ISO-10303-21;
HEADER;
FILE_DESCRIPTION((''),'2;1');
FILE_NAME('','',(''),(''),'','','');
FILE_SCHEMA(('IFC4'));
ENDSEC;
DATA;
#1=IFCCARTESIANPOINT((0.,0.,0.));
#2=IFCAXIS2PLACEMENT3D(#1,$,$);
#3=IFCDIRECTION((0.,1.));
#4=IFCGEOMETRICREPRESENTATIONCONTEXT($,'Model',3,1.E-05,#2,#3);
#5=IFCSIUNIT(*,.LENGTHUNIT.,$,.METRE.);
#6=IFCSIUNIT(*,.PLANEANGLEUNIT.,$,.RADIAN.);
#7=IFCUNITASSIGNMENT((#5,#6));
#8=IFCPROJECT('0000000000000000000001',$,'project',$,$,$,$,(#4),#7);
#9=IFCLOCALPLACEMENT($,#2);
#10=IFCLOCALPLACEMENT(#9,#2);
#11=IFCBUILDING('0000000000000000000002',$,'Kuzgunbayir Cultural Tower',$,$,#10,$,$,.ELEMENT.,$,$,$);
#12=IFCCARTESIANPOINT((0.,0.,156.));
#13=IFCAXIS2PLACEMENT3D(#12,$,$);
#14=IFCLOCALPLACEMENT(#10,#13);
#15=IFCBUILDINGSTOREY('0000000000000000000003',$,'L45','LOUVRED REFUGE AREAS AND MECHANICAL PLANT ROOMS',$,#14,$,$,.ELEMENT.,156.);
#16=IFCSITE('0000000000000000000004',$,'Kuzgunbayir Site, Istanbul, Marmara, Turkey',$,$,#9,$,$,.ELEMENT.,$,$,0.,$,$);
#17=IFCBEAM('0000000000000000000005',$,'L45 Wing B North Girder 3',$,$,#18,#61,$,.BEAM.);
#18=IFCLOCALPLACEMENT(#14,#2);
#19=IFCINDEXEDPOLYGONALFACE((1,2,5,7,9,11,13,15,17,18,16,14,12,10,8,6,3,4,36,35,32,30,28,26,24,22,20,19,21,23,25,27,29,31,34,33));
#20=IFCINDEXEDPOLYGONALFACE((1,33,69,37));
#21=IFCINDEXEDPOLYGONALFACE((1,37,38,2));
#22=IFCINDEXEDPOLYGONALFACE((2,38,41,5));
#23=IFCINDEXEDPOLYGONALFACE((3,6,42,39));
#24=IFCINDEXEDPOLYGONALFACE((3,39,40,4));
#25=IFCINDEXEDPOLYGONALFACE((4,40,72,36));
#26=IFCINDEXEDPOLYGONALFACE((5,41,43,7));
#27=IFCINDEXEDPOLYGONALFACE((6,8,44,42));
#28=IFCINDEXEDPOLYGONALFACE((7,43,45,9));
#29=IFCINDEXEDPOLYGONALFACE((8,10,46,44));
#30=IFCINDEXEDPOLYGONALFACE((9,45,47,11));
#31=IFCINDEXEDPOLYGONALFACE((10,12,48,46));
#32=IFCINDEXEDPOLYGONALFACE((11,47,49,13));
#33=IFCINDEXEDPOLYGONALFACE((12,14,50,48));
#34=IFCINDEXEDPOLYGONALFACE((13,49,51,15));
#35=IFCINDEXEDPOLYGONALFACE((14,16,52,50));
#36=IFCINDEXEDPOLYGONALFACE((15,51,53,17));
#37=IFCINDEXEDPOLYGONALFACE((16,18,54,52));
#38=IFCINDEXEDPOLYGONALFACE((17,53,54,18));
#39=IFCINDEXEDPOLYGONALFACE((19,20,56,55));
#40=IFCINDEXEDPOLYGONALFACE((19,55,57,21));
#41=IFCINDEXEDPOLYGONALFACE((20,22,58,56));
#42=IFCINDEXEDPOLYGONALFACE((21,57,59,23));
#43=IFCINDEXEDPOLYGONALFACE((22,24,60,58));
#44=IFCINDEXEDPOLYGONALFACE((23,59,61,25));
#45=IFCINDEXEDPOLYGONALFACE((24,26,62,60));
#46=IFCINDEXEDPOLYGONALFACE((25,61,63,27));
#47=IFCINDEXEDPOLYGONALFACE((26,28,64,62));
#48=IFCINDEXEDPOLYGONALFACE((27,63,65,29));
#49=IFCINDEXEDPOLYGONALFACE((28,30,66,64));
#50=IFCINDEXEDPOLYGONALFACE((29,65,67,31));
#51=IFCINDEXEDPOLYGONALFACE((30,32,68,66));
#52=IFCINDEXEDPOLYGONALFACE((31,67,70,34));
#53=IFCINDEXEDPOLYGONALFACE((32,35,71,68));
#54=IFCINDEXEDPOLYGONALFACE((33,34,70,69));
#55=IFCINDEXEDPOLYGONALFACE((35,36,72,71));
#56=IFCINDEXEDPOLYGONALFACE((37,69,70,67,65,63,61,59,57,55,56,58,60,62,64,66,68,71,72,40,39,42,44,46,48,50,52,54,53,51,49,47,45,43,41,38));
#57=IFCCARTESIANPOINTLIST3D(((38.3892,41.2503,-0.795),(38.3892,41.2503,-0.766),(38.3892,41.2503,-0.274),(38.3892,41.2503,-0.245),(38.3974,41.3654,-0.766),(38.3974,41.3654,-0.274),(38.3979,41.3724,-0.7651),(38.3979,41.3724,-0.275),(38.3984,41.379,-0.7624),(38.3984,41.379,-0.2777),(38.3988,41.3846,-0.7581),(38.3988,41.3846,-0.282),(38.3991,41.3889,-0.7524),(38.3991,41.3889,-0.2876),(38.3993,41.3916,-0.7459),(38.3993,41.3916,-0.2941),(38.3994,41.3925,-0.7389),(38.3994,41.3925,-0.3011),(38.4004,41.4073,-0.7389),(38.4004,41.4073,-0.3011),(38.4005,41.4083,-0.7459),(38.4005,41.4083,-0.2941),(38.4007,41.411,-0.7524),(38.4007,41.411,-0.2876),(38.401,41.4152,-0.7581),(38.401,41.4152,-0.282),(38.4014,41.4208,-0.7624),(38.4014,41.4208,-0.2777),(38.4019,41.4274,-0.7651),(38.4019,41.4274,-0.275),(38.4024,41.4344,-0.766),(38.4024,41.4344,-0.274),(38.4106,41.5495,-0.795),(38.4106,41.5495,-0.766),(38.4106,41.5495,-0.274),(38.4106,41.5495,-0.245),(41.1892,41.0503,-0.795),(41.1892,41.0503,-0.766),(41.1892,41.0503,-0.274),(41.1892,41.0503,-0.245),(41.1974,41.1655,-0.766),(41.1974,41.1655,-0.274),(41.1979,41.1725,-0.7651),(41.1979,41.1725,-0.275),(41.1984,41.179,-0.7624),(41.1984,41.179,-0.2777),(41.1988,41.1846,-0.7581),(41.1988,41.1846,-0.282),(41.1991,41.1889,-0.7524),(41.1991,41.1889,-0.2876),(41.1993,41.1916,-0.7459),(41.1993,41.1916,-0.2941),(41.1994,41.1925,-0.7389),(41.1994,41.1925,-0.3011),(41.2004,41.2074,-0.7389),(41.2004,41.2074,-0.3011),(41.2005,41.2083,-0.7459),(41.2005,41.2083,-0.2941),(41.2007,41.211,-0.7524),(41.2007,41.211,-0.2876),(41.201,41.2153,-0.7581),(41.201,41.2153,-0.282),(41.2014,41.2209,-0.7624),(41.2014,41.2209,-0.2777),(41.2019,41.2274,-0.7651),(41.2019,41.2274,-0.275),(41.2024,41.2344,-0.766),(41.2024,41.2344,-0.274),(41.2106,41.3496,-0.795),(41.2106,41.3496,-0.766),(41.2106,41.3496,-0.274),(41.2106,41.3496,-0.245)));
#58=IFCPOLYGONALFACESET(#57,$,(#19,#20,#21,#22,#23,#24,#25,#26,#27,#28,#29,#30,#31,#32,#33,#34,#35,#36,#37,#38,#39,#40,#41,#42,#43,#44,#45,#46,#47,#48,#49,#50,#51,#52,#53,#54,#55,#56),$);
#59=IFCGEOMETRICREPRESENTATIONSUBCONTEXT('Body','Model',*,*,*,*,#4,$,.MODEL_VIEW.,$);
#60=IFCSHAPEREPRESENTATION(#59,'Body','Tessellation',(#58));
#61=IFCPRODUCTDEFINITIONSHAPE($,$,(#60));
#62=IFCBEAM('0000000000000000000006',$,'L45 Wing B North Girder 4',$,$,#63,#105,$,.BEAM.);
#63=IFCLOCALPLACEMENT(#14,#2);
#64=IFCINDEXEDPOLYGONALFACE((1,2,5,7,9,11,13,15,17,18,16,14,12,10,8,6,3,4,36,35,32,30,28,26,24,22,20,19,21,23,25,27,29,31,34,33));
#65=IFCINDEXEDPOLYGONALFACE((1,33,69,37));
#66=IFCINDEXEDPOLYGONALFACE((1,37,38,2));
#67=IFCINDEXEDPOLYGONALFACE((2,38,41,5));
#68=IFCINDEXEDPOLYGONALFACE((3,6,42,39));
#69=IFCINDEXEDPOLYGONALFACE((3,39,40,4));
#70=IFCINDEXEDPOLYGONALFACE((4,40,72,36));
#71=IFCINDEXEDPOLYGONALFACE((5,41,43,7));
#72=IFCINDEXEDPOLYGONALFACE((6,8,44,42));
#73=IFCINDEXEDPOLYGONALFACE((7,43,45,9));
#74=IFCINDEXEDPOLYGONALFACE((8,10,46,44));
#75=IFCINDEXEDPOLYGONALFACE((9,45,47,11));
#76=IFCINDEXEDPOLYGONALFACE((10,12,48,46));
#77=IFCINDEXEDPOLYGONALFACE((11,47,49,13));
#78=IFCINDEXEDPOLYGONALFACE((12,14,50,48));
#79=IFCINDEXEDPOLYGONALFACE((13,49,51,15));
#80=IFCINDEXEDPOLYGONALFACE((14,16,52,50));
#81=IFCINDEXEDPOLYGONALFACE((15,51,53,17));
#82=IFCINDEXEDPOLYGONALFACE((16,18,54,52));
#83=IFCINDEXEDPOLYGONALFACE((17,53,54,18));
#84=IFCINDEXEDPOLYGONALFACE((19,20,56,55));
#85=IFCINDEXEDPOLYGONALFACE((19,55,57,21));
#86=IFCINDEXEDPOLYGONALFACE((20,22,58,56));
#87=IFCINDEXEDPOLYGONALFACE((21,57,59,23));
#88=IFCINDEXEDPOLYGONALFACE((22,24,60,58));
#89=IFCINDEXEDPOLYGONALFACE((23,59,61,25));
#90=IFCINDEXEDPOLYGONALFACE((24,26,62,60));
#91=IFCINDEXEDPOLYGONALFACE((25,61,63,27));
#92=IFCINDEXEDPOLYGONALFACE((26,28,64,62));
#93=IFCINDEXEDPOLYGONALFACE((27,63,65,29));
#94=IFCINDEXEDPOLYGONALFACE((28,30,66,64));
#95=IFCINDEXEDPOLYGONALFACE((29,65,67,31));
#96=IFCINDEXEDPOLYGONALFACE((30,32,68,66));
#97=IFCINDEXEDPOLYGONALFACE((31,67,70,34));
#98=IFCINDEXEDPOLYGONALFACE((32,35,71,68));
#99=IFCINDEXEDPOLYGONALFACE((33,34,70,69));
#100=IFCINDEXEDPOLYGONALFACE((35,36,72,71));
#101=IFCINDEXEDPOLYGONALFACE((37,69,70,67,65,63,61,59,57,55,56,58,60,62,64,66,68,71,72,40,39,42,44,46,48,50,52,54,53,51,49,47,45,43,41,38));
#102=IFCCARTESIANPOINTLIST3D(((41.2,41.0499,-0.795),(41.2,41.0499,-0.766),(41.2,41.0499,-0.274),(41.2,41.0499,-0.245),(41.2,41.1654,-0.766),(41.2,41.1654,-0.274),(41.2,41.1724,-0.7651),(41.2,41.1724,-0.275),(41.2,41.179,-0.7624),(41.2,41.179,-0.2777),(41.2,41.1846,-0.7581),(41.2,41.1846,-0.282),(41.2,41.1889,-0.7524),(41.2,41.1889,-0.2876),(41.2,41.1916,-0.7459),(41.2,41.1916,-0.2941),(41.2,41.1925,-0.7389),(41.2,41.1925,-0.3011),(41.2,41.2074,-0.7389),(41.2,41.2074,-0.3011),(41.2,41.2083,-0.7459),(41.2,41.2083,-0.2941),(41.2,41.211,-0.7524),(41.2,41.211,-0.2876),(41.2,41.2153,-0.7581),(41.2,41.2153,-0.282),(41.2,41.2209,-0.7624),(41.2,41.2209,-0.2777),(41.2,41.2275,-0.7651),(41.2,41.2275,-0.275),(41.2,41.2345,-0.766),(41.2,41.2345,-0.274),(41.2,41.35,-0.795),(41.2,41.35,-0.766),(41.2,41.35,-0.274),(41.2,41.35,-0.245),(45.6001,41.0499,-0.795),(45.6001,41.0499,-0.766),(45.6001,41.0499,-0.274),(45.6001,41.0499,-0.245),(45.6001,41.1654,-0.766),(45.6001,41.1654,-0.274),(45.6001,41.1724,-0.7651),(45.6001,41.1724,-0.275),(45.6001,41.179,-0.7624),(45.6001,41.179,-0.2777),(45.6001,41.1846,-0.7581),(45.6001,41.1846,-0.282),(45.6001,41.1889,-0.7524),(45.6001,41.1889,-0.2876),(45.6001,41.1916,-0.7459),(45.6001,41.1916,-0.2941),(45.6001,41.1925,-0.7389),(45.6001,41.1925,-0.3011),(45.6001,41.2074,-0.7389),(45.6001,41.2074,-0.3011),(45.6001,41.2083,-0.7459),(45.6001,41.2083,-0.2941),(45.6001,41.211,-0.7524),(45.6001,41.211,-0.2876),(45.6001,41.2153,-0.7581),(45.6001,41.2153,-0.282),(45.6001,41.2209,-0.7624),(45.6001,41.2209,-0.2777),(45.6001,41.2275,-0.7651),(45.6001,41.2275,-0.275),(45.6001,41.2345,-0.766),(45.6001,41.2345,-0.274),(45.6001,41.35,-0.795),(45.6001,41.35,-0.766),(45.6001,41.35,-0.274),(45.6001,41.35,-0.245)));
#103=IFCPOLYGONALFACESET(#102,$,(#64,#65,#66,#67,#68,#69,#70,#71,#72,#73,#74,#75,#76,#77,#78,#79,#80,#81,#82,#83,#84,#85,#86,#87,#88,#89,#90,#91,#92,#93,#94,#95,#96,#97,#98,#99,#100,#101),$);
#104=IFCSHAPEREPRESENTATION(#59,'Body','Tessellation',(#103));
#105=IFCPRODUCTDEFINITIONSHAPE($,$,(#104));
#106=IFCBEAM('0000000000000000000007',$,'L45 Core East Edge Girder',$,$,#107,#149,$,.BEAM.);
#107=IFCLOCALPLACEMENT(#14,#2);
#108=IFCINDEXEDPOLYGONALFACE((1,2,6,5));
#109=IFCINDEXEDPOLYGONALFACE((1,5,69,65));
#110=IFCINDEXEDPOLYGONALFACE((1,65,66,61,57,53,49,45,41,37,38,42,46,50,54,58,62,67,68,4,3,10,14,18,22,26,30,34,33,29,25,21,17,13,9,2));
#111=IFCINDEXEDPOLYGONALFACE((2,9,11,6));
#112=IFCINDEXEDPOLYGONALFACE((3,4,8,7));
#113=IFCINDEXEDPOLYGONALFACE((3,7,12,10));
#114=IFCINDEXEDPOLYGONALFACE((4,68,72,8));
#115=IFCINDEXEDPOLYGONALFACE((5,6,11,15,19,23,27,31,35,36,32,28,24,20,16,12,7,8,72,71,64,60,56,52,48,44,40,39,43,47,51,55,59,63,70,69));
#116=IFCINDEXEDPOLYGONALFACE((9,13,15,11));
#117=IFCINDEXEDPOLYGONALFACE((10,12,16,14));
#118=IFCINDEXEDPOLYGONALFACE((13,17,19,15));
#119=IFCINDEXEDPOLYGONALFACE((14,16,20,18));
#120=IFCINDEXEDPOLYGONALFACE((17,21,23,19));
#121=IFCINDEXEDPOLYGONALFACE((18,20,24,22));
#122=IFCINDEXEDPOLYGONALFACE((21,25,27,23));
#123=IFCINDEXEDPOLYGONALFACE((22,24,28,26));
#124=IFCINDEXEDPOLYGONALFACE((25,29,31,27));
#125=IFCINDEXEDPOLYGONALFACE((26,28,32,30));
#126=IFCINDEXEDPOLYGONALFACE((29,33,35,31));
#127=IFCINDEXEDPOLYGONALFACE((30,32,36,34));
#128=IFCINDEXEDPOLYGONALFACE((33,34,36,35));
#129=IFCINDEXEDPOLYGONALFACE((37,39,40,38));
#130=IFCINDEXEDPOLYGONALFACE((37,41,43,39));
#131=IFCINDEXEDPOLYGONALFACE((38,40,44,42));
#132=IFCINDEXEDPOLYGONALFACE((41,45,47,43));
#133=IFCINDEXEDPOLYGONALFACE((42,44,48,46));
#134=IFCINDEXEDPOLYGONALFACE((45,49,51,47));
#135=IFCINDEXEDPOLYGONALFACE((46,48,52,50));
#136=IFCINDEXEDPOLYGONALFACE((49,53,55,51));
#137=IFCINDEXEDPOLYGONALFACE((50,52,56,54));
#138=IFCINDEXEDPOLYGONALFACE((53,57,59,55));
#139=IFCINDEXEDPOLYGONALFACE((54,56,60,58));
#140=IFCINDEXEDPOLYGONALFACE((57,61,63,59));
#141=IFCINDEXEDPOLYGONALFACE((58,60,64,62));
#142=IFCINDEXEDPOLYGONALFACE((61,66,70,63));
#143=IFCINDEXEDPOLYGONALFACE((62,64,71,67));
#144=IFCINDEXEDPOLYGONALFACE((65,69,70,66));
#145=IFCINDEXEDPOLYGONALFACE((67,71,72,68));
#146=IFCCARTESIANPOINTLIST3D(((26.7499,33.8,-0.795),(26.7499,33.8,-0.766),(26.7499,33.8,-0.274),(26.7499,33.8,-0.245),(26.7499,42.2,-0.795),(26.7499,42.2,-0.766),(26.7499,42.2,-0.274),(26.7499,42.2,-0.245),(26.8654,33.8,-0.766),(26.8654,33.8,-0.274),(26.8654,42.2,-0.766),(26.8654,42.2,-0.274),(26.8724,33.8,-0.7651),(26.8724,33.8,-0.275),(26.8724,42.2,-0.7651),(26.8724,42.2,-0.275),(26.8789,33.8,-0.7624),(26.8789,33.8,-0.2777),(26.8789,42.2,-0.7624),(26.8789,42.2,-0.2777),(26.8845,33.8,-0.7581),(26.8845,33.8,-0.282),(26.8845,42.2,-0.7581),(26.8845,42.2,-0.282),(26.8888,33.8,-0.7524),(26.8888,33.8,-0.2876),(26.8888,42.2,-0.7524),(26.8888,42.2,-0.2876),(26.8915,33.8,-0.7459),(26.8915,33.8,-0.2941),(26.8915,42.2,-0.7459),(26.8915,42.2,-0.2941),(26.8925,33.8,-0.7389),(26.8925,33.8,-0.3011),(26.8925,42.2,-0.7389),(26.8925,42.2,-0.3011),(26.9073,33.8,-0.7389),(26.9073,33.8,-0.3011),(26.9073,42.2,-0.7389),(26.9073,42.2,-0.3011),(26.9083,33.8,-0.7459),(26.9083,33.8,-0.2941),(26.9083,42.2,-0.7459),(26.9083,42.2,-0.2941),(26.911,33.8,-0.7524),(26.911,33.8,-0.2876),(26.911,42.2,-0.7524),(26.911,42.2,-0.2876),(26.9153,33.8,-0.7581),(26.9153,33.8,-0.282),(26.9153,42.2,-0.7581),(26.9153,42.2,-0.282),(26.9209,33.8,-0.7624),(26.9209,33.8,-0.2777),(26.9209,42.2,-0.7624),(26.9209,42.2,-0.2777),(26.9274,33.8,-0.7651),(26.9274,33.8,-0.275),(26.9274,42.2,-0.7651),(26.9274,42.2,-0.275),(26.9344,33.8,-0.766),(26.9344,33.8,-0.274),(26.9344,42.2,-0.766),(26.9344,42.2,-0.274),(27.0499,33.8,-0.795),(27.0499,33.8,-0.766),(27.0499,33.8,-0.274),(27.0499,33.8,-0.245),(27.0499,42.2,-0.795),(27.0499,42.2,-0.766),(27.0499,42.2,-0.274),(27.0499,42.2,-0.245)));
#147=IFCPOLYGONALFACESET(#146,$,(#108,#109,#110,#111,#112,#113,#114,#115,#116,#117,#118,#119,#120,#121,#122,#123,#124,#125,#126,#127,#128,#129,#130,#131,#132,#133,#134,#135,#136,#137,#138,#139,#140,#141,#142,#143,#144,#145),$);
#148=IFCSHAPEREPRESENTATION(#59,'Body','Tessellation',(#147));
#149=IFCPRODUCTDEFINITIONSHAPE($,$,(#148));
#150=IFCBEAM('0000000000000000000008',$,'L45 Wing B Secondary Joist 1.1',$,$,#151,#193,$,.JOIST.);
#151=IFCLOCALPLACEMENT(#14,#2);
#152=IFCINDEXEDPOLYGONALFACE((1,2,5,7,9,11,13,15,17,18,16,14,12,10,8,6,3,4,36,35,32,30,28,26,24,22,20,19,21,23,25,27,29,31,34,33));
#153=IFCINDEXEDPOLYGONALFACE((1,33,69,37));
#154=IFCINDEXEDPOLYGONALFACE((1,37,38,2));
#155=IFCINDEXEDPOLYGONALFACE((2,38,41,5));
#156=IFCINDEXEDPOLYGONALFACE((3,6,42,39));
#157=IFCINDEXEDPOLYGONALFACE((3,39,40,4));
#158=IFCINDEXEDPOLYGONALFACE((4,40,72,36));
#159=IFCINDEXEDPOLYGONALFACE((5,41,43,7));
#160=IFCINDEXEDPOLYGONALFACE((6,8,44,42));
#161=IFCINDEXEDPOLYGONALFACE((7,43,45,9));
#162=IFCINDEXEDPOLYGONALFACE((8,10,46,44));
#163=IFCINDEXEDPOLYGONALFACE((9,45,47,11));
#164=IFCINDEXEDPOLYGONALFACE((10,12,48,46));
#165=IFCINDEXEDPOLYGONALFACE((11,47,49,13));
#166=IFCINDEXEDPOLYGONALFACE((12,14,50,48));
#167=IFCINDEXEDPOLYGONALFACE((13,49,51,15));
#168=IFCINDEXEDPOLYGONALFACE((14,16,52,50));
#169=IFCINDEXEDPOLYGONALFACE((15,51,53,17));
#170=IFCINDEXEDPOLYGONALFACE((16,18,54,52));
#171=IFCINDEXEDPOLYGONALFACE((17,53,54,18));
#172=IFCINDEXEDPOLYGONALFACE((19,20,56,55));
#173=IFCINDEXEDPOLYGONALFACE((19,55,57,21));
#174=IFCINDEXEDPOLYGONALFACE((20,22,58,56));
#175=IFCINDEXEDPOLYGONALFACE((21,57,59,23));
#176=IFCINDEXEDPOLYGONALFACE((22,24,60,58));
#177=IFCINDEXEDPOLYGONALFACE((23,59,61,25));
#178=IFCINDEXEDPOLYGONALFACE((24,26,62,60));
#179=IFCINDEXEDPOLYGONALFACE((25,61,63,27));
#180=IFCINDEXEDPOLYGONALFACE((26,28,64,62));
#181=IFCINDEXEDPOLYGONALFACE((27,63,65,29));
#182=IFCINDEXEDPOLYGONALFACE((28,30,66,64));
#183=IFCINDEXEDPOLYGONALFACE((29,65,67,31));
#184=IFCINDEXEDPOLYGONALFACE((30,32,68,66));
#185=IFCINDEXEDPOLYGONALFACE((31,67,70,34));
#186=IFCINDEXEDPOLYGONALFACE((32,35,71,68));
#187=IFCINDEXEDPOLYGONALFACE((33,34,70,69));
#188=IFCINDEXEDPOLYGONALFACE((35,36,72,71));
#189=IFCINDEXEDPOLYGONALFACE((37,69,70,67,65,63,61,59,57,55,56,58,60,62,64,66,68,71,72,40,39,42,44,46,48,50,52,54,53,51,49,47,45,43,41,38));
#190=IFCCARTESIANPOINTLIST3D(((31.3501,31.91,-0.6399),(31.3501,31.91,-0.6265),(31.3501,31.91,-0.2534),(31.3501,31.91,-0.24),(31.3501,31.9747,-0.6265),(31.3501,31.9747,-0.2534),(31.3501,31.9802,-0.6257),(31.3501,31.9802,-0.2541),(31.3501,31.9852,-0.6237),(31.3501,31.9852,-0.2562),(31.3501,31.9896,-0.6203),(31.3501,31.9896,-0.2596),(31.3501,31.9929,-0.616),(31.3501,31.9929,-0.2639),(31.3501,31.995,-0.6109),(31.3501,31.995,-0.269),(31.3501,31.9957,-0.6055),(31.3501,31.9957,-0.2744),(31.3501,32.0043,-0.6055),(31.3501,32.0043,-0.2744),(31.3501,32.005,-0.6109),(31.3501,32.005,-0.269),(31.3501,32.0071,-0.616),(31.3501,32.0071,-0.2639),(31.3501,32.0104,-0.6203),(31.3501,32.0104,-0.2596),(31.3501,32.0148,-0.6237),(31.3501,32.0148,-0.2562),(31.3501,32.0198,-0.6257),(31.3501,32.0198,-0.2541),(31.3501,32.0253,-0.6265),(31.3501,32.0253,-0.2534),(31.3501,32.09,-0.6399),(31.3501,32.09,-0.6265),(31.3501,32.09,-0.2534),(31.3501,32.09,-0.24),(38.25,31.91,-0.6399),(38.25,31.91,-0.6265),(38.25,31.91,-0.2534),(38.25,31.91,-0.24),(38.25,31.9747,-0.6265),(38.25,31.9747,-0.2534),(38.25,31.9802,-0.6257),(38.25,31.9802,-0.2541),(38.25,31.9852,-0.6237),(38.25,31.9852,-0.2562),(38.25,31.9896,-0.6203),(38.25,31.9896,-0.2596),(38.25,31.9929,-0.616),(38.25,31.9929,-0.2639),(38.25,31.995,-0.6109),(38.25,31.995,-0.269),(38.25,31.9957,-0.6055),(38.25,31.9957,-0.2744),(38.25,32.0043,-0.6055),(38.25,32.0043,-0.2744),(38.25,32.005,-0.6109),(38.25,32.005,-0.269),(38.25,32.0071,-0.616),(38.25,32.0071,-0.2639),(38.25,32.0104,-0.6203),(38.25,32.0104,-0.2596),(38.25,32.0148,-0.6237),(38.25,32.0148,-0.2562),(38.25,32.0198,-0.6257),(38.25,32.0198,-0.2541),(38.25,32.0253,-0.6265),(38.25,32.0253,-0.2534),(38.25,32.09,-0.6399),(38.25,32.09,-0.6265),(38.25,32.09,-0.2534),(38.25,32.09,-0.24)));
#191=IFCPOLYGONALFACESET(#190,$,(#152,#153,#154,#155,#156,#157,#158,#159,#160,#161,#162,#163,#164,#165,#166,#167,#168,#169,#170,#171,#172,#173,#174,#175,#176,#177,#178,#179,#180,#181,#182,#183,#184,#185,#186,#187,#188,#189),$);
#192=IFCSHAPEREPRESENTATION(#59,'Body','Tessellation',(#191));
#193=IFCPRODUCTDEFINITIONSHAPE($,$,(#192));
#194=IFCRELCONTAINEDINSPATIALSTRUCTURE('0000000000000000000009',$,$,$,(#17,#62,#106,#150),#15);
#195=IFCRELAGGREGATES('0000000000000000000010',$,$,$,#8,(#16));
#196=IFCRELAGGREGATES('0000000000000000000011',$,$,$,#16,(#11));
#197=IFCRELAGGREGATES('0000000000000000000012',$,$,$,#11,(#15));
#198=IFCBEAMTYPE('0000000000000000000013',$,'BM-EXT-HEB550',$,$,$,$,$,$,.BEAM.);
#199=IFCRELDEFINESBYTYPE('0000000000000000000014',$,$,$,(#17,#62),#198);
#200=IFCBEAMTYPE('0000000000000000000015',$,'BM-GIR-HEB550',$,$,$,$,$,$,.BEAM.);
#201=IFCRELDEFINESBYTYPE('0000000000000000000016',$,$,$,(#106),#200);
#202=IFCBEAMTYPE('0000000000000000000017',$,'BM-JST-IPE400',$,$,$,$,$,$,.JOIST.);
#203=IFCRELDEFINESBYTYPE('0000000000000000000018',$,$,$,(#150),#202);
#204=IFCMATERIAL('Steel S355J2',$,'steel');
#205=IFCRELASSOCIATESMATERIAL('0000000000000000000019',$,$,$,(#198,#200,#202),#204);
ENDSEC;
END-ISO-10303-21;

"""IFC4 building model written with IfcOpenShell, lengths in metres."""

from ifc_helpers import new_model, si_unit, direction, frame, origin, origin_2d, place, context, subcontext, project, spatial, i_section, extrude, material, material_profile, profile_set, type_object, element, save


model = new_model("IFC4")

# Units and contexts
model_context = context("Model", 3, precision=1e-05, world=origin(), true_north=direction((0.0, 1.0)))
body_context = subcontext(model_context, "Body", "Model", "MODEL_VIEW")
ifc_project = project(units=[si_unit("LENGTHUNIT", "METRE"), si_unit("PLANEANGLEUNIT", "RADIAN")], contexts=[model_context])

# Site, building, storey
site_placement = place(None, origin())
site = spatial("IfcSite", under=ifc_project, at=site_placement, Name="Kuzgunbayir Site, Istanbul, Marmara, Turkey", CompositionType="ELEMENT", RefElevation=0.0)
building_placement = place(site_placement, origin())
building = spatial("IfcBuilding", under=site, at=building_placement, Name="Kuzgunbayir Cultural Tower", CompositionType="ELEMENT")
storey_placement = place(building_placement, frame((0.0, 0.0, 156.0)))
storey = spatial("IfcBuildingStorey", under=building, at=storey_placement, Name="L45", Description="LOUVRED REFUGE AREAS AND MECHANICAL PLANT ROOMS", CompositionType="ELEMENT", Elevation=156.0)

# Beams
ifc_material_1 = material(Name="Steel S355J2", Category="steel")
ifc_material_profile_1 = material_profile(ifc_material_1, i_section(OverallWidth=0.3, OverallDepth=0.55, WebThickness=0.0149, FlangeThickness=0.0291, FilletRadius=0.0271, at=origin_2d()), Name="HEB 550")
ifc_profile_set_1 = profile_set([ifc_material_profile_1], Name="Steel S355J2")
beam_type_1 = type_object("IfcBeamType", Name="BM-EXT-HEB550", PredefinedType="BEAM", material=ifc_profile_set_1)
beam_1_placement = place(storey_placement, frame((38.3999, 41.3999, -0.52), z_axis=(0.99746, -0.071229, 0.0), x_axis=(0.071229, 0.99746, 0.0)))
element("IfcBeam", 1, at=beam_1_placement, inside=storey, type_object=beam_type_1, Name="L45 Wing B North Girder 3", PredefinedType="BEAM", context=body_context, shape_type="SweptSolid", body=[
    extrude(i_section(OverallWidth=0.3, OverallDepth=0.55, WebThickness=0.0149, FlangeThickness=0.0291, FilletRadius=0.0271, at=origin_2d()), origin(), (0.0, 0.0, 1.0), 2.8071),
])
beam_2_placement = place(storey_placement, frame((41.2, 41.2, -0.52), z_axis=(1.0, 0.0, 0.0), x_axis=(0.0, 1.0, 0.0)))
element("IfcBeam", 2, at=beam_2_placement, inside=storey, type_object=beam_type_1, Name="L45 Wing B North Girder 4", PredefinedType="BEAM", context=body_context, shape_type="SweptSolid", body=[
    extrude(i_section(OverallWidth=0.3, OverallDepth=0.55, WebThickness=0.0149, FlangeThickness=0.0291, FilletRadius=0.0271, at=origin_2d()), origin(), (0.0, 0.0, 1.0), 4.4001),
])
ifc_material_profile_2 = material_profile(ifc_material_1, i_section(OverallWidth=0.3, OverallDepth=0.55, WebThickness=0.0149, FlangeThickness=0.0291, FilletRadius=0.0271, at=origin_2d()), Name="HEB 550")
ifc_profile_set_2 = profile_set([ifc_material_profile_2], Name="Steel S355J2")
beam_type_2 = type_object("IfcBeamType", Name="BM-GIR-HEB550", PredefinedType="BEAM", material=ifc_profile_set_2)
beam_3_placement = place(storey_placement, frame((26.8999, 33.8, -0.52), z_axis=(0.0, 1.0, 0.0), x_axis=(-1.0, 0.0, 0.0)))
element("IfcBeam", 3, at=beam_3_placement, inside=storey, type_object=beam_type_2, Name="L45 Core East Edge Girder", PredefinedType="BEAM", context=body_context, shape_type="SweptSolid", body=[
    extrude(i_section(OverallWidth=0.3, OverallDepth=0.55, WebThickness=0.0149, FlangeThickness=0.0291, FilletRadius=0.0271, at=origin_2d()), origin(), (0.0, 0.0, 1.0), 8.3999),
])
ifc_material_profile_3 = material_profile(ifc_material_1, i_section(OverallWidth=0.1799, OverallDepth=0.3999, WebThickness=0.0085, FlangeThickness=0.0134, FilletRadius=0.021, at=origin_2d()), Name="IPE 400")
ifc_profile_set_3 = profile_set([ifc_material_profile_3], Name="Steel S355J2")
beam_type_3 = type_object("IfcBeamType", Name="BM-JST-IPE400", PredefinedType="JOIST", material=ifc_profile_set_3)
for number, where, z_axis, x_axis, name in (
    (4, (31.3501, 32.0, -0.4399), (1.0, 0.0, 0.0), (0.0, 1.0, 0.0), "L45 Wing B Secondary Joist 1.1"),
):
    element("IfcBeam", number, at=place(storey_placement, frame(where, z_axis=z_axis, x_axis=x_axis)), inside=storey, type_object=beam_type_3, Name=name, PredefinedType="JOIST", context=body_context, shape_type="SweptSolid", body=[
        extrude(i_section(OverallWidth=0.1799, OverallDepth=0.3999, WebThickness=0.0085, FlangeThickness=0.0134, FilletRadius=0.021, at=origin_2d()), origin(), (0.0, 0.0, 1.0), 6.8999),
    ])

save(model, "model.ifc")
